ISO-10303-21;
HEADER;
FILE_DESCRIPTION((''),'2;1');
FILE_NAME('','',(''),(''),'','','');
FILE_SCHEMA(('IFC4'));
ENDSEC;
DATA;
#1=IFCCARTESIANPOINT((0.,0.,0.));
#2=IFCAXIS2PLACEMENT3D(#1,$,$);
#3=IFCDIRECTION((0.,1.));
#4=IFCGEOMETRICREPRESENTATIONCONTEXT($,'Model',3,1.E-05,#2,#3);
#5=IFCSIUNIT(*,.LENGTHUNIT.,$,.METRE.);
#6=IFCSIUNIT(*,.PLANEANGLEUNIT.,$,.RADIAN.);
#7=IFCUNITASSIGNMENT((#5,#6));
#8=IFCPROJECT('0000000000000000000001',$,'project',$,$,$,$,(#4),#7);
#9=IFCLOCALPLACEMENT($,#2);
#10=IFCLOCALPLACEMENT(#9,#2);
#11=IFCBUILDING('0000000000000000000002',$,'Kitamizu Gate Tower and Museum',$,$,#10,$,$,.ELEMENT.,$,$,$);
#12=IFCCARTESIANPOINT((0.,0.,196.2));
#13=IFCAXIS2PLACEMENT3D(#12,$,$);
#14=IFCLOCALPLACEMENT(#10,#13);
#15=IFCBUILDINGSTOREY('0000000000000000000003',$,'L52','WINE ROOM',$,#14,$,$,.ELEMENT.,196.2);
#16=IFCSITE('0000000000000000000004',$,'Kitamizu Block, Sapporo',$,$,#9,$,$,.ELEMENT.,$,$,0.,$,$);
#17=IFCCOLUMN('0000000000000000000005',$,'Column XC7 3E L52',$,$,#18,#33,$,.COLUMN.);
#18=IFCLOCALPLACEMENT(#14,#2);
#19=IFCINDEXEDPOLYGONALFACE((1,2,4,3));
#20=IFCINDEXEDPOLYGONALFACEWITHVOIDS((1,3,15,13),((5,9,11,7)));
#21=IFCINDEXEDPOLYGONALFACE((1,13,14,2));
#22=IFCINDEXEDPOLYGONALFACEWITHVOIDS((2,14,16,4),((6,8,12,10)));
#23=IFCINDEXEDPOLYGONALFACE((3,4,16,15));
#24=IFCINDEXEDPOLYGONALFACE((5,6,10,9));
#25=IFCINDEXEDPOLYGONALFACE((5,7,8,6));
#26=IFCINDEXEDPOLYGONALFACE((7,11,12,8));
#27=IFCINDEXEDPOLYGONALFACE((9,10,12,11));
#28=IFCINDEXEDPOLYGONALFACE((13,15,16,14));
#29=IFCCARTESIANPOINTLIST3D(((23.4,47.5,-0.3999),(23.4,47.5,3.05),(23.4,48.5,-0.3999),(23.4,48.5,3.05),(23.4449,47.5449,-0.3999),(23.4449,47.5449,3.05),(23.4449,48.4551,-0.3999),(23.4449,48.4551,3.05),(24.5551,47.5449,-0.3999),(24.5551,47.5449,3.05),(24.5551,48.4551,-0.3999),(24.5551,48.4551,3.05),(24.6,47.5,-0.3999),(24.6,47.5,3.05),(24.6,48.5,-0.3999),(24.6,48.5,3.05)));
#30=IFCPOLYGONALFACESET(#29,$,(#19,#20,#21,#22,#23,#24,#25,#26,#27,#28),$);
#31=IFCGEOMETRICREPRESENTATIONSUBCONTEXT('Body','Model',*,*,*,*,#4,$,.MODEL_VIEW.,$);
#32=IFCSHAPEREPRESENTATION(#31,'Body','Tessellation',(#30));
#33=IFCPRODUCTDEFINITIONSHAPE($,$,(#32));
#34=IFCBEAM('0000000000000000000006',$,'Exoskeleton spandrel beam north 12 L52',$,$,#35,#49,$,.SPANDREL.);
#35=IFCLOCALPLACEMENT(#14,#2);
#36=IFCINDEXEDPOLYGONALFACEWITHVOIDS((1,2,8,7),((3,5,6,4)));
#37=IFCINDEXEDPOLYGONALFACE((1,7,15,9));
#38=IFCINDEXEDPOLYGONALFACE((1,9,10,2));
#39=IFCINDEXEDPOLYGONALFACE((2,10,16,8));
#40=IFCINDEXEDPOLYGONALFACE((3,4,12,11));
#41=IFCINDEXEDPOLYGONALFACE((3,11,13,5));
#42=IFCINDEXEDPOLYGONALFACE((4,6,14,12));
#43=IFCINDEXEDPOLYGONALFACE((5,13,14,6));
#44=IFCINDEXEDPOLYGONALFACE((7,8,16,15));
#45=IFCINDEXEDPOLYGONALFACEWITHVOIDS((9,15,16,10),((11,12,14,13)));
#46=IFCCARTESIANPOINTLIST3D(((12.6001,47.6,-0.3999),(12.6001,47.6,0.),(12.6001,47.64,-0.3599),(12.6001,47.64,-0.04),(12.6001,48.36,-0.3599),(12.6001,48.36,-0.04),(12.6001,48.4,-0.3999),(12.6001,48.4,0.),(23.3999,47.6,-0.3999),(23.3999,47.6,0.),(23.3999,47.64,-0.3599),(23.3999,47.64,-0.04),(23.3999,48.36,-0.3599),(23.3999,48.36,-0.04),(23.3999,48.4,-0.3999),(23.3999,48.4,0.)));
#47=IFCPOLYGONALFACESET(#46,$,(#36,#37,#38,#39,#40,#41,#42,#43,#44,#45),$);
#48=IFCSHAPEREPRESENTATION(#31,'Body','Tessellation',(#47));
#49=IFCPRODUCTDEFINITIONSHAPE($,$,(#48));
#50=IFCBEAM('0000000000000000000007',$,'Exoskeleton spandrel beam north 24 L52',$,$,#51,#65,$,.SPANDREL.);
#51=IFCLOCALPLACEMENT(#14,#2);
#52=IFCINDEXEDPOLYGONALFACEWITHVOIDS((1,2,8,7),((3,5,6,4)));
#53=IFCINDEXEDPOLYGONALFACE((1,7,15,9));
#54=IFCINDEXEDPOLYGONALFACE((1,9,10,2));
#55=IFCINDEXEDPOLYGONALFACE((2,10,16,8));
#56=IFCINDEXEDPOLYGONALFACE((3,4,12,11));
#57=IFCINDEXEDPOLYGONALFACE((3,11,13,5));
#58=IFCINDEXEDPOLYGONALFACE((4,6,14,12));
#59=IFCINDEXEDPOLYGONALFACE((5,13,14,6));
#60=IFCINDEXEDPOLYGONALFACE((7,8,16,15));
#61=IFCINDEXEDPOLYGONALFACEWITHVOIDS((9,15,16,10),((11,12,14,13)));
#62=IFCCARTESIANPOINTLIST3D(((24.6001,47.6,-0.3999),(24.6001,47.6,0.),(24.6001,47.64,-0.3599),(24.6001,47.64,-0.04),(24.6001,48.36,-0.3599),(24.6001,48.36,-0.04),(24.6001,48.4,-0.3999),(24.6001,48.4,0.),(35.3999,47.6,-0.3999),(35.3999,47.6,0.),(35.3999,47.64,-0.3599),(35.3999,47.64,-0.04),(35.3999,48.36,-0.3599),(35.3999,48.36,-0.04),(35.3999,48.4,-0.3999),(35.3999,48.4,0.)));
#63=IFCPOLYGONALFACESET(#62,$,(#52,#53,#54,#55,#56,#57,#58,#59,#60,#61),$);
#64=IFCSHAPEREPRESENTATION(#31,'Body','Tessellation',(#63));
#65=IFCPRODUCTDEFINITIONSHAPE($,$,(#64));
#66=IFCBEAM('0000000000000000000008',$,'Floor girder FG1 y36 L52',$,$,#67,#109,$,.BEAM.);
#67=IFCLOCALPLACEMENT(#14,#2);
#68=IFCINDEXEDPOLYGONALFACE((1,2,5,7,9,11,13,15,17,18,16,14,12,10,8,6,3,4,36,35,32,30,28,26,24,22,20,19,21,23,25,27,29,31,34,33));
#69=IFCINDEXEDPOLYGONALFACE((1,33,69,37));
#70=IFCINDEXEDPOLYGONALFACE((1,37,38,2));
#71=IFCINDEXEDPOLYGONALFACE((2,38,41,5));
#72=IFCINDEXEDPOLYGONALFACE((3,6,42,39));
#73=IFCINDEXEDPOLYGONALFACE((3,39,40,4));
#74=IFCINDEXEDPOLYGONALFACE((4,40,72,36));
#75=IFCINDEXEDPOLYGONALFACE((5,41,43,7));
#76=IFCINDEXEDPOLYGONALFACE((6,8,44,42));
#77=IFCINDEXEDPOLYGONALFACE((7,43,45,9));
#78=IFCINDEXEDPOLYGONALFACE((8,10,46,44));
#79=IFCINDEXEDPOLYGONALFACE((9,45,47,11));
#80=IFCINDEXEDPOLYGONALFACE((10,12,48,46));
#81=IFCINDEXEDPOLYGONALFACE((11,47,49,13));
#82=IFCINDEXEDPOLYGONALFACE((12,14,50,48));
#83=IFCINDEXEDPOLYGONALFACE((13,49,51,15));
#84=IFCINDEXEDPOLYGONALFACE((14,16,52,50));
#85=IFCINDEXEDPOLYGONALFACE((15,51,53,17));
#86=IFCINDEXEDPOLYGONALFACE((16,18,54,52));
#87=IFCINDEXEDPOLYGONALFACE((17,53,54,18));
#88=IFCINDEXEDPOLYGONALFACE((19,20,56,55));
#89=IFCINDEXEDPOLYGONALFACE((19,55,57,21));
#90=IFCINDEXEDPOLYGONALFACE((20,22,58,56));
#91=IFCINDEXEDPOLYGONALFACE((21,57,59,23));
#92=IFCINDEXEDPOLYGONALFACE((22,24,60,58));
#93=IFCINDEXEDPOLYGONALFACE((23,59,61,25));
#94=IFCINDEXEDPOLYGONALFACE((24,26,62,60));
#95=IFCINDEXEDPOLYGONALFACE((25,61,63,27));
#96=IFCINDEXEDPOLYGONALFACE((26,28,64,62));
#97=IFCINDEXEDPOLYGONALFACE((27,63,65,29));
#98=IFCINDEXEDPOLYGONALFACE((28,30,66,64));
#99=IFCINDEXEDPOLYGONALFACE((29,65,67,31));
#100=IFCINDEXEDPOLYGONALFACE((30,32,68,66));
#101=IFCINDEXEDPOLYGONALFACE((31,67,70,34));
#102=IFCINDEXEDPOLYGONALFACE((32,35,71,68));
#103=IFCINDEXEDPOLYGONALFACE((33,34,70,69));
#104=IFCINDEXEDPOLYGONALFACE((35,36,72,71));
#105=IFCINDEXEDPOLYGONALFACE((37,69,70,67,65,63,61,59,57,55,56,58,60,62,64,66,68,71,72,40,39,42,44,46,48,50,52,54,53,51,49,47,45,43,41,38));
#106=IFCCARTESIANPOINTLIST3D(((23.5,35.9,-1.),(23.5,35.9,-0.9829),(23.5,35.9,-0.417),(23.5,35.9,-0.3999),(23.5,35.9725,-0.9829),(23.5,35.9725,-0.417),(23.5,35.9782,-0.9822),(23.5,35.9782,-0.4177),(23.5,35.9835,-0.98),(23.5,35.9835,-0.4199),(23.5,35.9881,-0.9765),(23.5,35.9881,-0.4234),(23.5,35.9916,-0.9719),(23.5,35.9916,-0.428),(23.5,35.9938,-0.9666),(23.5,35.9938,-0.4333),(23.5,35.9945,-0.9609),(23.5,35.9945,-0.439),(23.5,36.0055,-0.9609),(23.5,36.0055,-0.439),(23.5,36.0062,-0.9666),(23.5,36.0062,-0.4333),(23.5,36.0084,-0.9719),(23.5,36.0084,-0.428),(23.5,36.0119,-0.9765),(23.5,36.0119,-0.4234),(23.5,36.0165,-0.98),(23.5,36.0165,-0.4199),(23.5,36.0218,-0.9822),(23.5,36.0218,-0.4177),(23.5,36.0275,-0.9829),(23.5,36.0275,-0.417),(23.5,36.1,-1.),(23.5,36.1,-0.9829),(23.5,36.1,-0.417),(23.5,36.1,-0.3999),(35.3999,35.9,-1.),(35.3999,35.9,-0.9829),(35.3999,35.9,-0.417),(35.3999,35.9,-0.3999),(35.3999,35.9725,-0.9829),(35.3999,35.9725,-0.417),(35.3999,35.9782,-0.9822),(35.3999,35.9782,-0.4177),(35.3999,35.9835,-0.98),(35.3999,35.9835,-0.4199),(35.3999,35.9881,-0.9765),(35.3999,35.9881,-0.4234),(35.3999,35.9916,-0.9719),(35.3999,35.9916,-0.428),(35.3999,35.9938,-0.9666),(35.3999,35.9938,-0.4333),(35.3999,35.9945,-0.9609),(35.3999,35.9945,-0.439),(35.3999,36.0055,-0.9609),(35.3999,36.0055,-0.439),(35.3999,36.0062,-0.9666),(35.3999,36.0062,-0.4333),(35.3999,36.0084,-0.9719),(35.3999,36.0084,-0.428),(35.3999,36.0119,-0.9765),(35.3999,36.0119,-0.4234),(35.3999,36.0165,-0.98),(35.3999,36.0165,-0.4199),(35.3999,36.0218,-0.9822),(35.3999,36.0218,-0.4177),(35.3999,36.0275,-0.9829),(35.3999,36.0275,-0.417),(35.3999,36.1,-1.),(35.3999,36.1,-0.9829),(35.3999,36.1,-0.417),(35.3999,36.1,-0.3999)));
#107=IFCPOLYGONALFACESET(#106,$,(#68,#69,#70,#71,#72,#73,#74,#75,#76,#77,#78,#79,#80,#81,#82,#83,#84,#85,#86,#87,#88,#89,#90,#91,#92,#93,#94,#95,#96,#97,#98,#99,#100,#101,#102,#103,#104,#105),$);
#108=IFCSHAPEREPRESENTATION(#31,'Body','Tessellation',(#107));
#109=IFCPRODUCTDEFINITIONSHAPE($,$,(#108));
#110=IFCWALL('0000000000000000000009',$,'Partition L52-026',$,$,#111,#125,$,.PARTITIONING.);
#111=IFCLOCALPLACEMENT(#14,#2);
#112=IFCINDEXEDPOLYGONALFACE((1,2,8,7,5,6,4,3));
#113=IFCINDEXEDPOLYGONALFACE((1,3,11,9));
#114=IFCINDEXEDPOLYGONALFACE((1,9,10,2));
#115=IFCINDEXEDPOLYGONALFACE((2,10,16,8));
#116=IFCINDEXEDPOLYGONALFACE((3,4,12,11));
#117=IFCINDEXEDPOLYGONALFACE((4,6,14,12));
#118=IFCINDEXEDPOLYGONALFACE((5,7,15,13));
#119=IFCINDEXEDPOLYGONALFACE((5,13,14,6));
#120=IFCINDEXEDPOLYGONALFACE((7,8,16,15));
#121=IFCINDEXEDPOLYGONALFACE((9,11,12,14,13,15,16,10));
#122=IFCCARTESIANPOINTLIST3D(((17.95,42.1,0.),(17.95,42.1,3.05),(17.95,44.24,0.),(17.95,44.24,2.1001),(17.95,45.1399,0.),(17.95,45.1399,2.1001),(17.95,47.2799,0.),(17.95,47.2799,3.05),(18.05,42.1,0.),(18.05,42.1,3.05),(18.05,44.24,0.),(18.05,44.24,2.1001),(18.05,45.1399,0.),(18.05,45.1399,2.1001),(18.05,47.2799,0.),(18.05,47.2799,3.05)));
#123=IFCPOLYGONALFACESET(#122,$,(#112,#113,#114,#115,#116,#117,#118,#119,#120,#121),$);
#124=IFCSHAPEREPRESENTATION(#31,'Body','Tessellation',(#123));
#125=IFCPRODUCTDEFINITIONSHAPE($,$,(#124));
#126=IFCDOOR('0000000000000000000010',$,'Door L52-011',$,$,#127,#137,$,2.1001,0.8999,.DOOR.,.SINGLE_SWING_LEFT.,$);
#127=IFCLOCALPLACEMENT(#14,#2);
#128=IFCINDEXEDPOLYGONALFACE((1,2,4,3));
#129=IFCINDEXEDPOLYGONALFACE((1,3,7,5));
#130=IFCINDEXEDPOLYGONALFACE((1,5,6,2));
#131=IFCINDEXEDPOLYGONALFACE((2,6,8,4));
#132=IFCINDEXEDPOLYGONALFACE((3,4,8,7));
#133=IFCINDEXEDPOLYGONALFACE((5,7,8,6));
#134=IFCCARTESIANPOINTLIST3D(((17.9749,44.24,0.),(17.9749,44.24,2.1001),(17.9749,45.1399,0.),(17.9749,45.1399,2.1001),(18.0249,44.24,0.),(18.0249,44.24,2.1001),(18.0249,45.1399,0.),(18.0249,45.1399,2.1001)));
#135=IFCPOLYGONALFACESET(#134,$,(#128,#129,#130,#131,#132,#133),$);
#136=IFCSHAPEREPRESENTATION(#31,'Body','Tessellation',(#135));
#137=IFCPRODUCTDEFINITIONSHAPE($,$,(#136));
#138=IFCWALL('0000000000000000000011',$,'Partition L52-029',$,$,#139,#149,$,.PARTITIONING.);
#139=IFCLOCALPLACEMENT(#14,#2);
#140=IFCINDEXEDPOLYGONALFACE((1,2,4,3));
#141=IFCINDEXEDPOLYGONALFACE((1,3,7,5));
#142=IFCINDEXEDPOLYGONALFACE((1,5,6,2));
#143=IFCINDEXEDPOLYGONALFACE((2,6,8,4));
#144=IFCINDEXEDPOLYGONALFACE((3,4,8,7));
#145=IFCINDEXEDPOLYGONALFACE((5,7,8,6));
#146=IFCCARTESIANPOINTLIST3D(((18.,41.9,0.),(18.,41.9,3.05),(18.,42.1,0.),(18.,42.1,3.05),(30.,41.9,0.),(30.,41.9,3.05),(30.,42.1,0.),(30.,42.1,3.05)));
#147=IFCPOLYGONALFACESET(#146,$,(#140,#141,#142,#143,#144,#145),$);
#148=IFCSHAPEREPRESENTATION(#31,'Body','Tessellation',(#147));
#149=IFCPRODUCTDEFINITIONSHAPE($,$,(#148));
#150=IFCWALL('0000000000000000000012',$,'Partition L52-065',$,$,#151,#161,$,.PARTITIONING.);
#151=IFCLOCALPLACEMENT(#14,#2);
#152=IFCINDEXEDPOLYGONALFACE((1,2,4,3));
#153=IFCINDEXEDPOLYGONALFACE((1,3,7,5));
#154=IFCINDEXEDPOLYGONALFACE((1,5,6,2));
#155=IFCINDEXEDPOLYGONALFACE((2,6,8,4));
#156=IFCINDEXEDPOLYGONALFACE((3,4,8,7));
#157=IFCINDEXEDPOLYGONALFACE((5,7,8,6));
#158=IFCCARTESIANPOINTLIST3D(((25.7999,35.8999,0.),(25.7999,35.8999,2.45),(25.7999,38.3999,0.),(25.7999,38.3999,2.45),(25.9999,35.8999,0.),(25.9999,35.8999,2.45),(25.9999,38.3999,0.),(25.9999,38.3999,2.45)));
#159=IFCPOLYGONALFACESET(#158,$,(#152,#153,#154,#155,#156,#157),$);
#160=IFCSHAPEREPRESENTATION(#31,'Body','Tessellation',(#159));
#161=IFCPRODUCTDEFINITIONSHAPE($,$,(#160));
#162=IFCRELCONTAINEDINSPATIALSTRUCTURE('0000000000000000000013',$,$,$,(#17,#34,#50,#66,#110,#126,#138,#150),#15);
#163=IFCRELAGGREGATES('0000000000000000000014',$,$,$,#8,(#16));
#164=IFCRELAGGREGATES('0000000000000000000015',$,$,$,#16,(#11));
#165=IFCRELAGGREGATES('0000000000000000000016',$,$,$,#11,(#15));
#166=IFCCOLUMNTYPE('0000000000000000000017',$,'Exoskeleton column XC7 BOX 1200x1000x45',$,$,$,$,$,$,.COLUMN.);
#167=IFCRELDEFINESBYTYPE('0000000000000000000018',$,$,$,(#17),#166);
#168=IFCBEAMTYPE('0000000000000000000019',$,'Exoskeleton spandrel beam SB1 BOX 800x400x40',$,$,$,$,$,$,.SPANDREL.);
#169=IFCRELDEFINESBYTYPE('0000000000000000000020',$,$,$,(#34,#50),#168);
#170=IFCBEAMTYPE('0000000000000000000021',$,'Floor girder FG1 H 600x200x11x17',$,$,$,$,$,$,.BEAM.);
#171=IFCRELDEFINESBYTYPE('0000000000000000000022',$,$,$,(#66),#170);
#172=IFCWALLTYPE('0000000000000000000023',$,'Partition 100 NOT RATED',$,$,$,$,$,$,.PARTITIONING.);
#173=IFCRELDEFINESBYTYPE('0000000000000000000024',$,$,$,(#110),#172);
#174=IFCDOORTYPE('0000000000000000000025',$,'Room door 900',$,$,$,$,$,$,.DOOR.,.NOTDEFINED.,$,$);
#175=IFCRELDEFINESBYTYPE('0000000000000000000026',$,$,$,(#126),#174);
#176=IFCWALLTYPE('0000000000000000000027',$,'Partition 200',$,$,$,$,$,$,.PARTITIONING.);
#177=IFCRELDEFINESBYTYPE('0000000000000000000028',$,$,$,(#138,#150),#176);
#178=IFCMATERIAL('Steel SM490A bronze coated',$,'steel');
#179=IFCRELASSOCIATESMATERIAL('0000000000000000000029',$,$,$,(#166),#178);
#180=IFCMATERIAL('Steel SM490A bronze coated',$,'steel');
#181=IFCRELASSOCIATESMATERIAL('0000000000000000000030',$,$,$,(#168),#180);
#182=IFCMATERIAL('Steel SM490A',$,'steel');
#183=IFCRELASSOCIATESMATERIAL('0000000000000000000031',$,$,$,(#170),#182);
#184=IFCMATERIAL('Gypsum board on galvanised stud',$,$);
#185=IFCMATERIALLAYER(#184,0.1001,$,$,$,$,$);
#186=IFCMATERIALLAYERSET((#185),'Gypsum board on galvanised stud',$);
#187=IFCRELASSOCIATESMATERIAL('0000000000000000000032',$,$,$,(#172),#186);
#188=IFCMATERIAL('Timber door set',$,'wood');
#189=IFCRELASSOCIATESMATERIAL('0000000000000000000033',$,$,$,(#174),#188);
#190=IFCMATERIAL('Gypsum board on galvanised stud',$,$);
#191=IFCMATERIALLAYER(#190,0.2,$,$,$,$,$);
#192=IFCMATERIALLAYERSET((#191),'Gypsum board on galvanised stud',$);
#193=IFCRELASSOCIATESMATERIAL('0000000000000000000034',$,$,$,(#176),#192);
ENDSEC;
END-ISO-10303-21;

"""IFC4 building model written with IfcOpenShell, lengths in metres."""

from ifc_helpers import new_model, si_unit, direction, frame, frame_2d, origin, origin_2d, place, context, subcontext, project, spatial, rectangle, hollow_rectangle, i_section, extrude, material, layer, layer_set, material_profile, profile_set, type_object, element, fill, save


model = new_model("IFC4")

# Units and contexts
model_context = context("Model", 3, precision=1e-05, world=origin(), true_north=direction((0.0, 1.0)))
body_context = subcontext(model_context, "Body", "Model", "MODEL_VIEW")
ifc_project = project(units=[si_unit("LENGTHUNIT", "METRE"), si_unit("PLANEANGLEUNIT", "RADIAN")], contexts=[model_context])

# Site, building, storey
site_placement = place(None, origin())
site = spatial("IfcSite", under=ifc_project, at=site_placement, Name="Kitamizu Block, Sapporo", CompositionType="ELEMENT", RefElevation=0.0)
building_placement = place(site_placement, origin())
building = spatial("IfcBuilding", under=site, at=building_placement, Name="Kitamizu Gate Tower and Museum", CompositionType="ELEMENT")
storey_placement = place(building_placement, frame((0.0, 0.0, 196.2)))
storey = spatial("IfcBuildingStorey", under=building, at=storey_placement, Name="L52", Description="WINE ROOM", CompositionType="ELEMENT", Elevation=196.2)

# Column
ifc_material_1 = material(Name="Steel SM490A bronze coated", Category="steel")
ifc_material_profile_1 = material_profile(ifc_material_1, hollow_rectangle(XDim=1.2, YDim=1.0, WallThickness=0.0449, at=origin_2d()), Name="BOX 1200x1000x45")
ifc_profile_set_1 = profile_set([ifc_material_profile_1], Name="Steel SM490A bronze coated")
column_type = type_object("IfcColumnType", Name="Exoskeleton column XC7 BOX 1200x1000x45", PredefinedType="COLUMN", material=ifc_profile_set_1)
column_placement = place(storey_placement, frame((24.0, 48.0, -0.3999), z_axis=(0.0, 0.0, 1.0), x_axis=(1.0, 0.0, 0.0)))
element("IfcColumn", 1, at=column_placement, inside=storey, type_object=column_type, Name="Column XC7 3E L52", PredefinedType="COLUMN", context=body_context, shape_type="SweptSolid", body=[
    extrude(hollow_rectangle(XDim=1.2, YDim=1.0, WallThickness=0.0449, at=origin_2d()), origin(), (0.0, 0.0, 1.0), 3.45),
])

# Beams
ifc_material_2 = material(Name="Steel SM490A bronze coated", Category="steel")
ifc_material_profile_2 = material_profile(ifc_material_2, hollow_rectangle(XDim=0.8, YDim=0.3999, WallThickness=0.04, at=origin_2d()), Name="BOX 800x400x40")
ifc_profile_set_2 = profile_set([ifc_material_profile_2], Name="Steel SM490A bronze coated")
beam_type_1 = type_object("IfcBeamType", Name="Exoskeleton spandrel beam SB1 BOX 800x400x40", PredefinedType="SPANDREL", material=ifc_profile_set_2)
for number, where, z_axis, x_axis, name in (
    (2, (12.6001, 48.0, -0.2), (1.0, 0.0, 0.0), (0.0, 1.0, 0.0), "Exoskeleton spandrel beam north 12 L52"),
    (3, (24.6001, 48.0, -0.2), (1.0, 0.0, 0.0), (0.0, 1.0, 0.0), "Exoskeleton spandrel beam north 24 L52"),
):
    element("IfcBeam", number, at=place(storey_placement, frame(where, z_axis=z_axis, x_axis=x_axis)), inside=storey, type_object=beam_type_1, Name=name, PredefinedType="SPANDREL", context=body_context, shape_type="SweptSolid", body=[
        extrude(hollow_rectangle(XDim=0.8, YDim=0.3999, WallThickness=0.04, at=origin_2d()), origin(), (0.0, 0.0, 1.0), 10.7998),
    ])
ifc_material_3 = material(Name="Steel SM490A", Category="steel")
ifc_material_profile_3 = material_profile(ifc_material_3, i_section(OverallWidth=0.2, OverallDepth=0.6001, WebThickness=0.011, FlangeThickness=0.0171, FilletRadius=0.022, at=origin_2d()), Name="H-600x200x11x17")
ifc_profile_set_3 = profile_set([ifc_material_profile_3], Name="Steel SM490A")
beam_type_2 = type_object("IfcBeamType", Name="Floor girder FG1 H 600x200x11x17", PredefinedType="BEAM", material=ifc_profile_set_3)
beam_placement = place(storey_placement, frame((23.5, 36.0, -0.7), z_axis=(1.0, 0.0, 0.0), x_axis=(0.0, 1.0, 0.0)))
element("IfcBeam", 4, at=beam_placement, inside=storey, type_object=beam_type_2, Name="Floor girder FG1 y36 L52", PredefinedType="BEAM", context=body_context, shape_type="SweptSolid", body=[
    extrude(i_section(OverallWidth=0.2, OverallDepth=0.6001, WebThickness=0.011, FlangeThickness=0.0171, FilletRadius=0.022, at=origin_2d()), origin(), (0.0, 0.0, 1.0), 11.8999),
])

# Wall, opening, door
ifc_material_4 = material(Name="Gypsum board on galvanised stud")
ifc_layer_1 = layer(ifc_material_4, 0.1001)
ifc_layer_set_1 = layer_set([ifc_layer_1], Name="Gypsum board on galvanised stud")
wall_type_1 = type_object("IfcWallType", Name="Partition 100 NOT RATED", PredefinedType="PARTITIONING", material=ifc_layer_set_1)
wall_1_placement = place(storey_placement, frame((18.0, 42.1001, 0.0), z_axis=(0.0, 0.0, 1.0), x_axis=(0.0, 1.0, 0.0)))
wall_1 = element("IfcWall", 5, at=wall_1_placement, inside=storey, type_object=wall_type_1, Name="Partition L52-026", PredefinedType="PARTITIONING", context=body_context, shape_type="SweptSolid", body=[
    extrude(rectangle(XDim=5.1799, YDim=0.1001, at=frame_2d((2.5898, 0.0))), origin(), (0.0, 0.0, 1.0), 3.05),
])
opening_1_placement = place(wall_1_placement, frame((2.1399, 0.0, 0.0)))
opening_1 = element("IfcOpeningElement", 6, at=opening_1_placement, cuts=wall_1, PredefinedType="OPENING", context=body_context, shape_type="SweptSolid", body=[
    extrude(rectangle(XDim=0.8999, YDim=2.1001, at=frame_2d((0.45, 1.05))), frame((0.0, 0.0601, 0.0), z_axis=(0.0, -1.0, 0.0), x_axis=(1.0, 0.0, 0.0)), (0.0, 0.0, 1.0), 0.1201),
])
ifc_material_5 = material(Name="Timber door set", Category="wood")
door_type_1 = type_object("IfcDoorType", Name="Room door 900", OperationType="NOTDEFINED", PredefinedType="DOOR", material=ifc_material_5)
door_1_placement = place(opening_1_placement, frame((0.8999, 0.0, 0.0), x_axis=(-1.0, 0.0, 0.0)))
door_1 = element("IfcDoor", 7, at=door_1_placement, inside=storey, type_object=door_type_1, Name="Door L52-011", OperationType="SINGLE_SWING_LEFT", OverallHeight=2.1001, OverallWidth=0.8999, PredefinedType="DOOR", context=body_context, shape_type="SweptSolid", body=[
    extrude(rectangle(XDim=0.8999, YDim=2.1001, at=frame_2d((0.45, 1.05))), frame((0.0, 0.0249, 0.0), z_axis=(0.0, -1.0, 0.0), x_axis=(1.0, 0.0, 0.0)), (0.0, 0.0, 1.0), 0.05),
])
fill(opening_1, door_1)

# Walls
ifc_material_6 = material(Name="Gypsum board on galvanised stud")
ifc_layer_2 = layer(ifc_material_6, 0.2)
ifc_layer_set_2 = layer_set([ifc_layer_2], Name="Gypsum board on galvanised stud")
wall_type_2 = type_object("IfcWallType", Name="Partition 200", PredefinedType="PARTITIONING", material=ifc_layer_set_2)
wall_2_placement = place(storey_placement, frame((18.0, 42.0, 0.0), z_axis=(0.0, 0.0, 1.0), x_axis=(1.0, 0.0, 0.0)))
element("IfcWall", 8, at=wall_2_placement, inside=storey, type_object=wall_type_2, Name="Partition L52-029", PredefinedType="PARTITIONING", context=body_context, shape_type="SweptSolid", body=[
    extrude(rectangle(XDim=12.0, YDim=0.2, at=frame_2d((6.0, 0.0))), origin(), (0.0, 0.0, 1.0), 3.05),
])
wall_3_placement = place(storey_placement, frame((25.8999, 38.3999, 0.0), z_axis=(0.0, 0.0, 1.0), x_axis=(0.0, -1.0, 0.0)))
element("IfcWall", 9, at=wall_3_placement, inside=storey, type_object=wall_type_2, Name="Partition L52-065", PredefinedType="PARTITIONING", context=body_context, shape_type="SweptSolid", body=[
    extrude(rectangle(XDim=2.5, YDim=0.2, at=frame_2d((1.25, 0.0))), origin(), (0.0, 0.0, 1.0), 2.45),
])

save(model, "model.ifc")
